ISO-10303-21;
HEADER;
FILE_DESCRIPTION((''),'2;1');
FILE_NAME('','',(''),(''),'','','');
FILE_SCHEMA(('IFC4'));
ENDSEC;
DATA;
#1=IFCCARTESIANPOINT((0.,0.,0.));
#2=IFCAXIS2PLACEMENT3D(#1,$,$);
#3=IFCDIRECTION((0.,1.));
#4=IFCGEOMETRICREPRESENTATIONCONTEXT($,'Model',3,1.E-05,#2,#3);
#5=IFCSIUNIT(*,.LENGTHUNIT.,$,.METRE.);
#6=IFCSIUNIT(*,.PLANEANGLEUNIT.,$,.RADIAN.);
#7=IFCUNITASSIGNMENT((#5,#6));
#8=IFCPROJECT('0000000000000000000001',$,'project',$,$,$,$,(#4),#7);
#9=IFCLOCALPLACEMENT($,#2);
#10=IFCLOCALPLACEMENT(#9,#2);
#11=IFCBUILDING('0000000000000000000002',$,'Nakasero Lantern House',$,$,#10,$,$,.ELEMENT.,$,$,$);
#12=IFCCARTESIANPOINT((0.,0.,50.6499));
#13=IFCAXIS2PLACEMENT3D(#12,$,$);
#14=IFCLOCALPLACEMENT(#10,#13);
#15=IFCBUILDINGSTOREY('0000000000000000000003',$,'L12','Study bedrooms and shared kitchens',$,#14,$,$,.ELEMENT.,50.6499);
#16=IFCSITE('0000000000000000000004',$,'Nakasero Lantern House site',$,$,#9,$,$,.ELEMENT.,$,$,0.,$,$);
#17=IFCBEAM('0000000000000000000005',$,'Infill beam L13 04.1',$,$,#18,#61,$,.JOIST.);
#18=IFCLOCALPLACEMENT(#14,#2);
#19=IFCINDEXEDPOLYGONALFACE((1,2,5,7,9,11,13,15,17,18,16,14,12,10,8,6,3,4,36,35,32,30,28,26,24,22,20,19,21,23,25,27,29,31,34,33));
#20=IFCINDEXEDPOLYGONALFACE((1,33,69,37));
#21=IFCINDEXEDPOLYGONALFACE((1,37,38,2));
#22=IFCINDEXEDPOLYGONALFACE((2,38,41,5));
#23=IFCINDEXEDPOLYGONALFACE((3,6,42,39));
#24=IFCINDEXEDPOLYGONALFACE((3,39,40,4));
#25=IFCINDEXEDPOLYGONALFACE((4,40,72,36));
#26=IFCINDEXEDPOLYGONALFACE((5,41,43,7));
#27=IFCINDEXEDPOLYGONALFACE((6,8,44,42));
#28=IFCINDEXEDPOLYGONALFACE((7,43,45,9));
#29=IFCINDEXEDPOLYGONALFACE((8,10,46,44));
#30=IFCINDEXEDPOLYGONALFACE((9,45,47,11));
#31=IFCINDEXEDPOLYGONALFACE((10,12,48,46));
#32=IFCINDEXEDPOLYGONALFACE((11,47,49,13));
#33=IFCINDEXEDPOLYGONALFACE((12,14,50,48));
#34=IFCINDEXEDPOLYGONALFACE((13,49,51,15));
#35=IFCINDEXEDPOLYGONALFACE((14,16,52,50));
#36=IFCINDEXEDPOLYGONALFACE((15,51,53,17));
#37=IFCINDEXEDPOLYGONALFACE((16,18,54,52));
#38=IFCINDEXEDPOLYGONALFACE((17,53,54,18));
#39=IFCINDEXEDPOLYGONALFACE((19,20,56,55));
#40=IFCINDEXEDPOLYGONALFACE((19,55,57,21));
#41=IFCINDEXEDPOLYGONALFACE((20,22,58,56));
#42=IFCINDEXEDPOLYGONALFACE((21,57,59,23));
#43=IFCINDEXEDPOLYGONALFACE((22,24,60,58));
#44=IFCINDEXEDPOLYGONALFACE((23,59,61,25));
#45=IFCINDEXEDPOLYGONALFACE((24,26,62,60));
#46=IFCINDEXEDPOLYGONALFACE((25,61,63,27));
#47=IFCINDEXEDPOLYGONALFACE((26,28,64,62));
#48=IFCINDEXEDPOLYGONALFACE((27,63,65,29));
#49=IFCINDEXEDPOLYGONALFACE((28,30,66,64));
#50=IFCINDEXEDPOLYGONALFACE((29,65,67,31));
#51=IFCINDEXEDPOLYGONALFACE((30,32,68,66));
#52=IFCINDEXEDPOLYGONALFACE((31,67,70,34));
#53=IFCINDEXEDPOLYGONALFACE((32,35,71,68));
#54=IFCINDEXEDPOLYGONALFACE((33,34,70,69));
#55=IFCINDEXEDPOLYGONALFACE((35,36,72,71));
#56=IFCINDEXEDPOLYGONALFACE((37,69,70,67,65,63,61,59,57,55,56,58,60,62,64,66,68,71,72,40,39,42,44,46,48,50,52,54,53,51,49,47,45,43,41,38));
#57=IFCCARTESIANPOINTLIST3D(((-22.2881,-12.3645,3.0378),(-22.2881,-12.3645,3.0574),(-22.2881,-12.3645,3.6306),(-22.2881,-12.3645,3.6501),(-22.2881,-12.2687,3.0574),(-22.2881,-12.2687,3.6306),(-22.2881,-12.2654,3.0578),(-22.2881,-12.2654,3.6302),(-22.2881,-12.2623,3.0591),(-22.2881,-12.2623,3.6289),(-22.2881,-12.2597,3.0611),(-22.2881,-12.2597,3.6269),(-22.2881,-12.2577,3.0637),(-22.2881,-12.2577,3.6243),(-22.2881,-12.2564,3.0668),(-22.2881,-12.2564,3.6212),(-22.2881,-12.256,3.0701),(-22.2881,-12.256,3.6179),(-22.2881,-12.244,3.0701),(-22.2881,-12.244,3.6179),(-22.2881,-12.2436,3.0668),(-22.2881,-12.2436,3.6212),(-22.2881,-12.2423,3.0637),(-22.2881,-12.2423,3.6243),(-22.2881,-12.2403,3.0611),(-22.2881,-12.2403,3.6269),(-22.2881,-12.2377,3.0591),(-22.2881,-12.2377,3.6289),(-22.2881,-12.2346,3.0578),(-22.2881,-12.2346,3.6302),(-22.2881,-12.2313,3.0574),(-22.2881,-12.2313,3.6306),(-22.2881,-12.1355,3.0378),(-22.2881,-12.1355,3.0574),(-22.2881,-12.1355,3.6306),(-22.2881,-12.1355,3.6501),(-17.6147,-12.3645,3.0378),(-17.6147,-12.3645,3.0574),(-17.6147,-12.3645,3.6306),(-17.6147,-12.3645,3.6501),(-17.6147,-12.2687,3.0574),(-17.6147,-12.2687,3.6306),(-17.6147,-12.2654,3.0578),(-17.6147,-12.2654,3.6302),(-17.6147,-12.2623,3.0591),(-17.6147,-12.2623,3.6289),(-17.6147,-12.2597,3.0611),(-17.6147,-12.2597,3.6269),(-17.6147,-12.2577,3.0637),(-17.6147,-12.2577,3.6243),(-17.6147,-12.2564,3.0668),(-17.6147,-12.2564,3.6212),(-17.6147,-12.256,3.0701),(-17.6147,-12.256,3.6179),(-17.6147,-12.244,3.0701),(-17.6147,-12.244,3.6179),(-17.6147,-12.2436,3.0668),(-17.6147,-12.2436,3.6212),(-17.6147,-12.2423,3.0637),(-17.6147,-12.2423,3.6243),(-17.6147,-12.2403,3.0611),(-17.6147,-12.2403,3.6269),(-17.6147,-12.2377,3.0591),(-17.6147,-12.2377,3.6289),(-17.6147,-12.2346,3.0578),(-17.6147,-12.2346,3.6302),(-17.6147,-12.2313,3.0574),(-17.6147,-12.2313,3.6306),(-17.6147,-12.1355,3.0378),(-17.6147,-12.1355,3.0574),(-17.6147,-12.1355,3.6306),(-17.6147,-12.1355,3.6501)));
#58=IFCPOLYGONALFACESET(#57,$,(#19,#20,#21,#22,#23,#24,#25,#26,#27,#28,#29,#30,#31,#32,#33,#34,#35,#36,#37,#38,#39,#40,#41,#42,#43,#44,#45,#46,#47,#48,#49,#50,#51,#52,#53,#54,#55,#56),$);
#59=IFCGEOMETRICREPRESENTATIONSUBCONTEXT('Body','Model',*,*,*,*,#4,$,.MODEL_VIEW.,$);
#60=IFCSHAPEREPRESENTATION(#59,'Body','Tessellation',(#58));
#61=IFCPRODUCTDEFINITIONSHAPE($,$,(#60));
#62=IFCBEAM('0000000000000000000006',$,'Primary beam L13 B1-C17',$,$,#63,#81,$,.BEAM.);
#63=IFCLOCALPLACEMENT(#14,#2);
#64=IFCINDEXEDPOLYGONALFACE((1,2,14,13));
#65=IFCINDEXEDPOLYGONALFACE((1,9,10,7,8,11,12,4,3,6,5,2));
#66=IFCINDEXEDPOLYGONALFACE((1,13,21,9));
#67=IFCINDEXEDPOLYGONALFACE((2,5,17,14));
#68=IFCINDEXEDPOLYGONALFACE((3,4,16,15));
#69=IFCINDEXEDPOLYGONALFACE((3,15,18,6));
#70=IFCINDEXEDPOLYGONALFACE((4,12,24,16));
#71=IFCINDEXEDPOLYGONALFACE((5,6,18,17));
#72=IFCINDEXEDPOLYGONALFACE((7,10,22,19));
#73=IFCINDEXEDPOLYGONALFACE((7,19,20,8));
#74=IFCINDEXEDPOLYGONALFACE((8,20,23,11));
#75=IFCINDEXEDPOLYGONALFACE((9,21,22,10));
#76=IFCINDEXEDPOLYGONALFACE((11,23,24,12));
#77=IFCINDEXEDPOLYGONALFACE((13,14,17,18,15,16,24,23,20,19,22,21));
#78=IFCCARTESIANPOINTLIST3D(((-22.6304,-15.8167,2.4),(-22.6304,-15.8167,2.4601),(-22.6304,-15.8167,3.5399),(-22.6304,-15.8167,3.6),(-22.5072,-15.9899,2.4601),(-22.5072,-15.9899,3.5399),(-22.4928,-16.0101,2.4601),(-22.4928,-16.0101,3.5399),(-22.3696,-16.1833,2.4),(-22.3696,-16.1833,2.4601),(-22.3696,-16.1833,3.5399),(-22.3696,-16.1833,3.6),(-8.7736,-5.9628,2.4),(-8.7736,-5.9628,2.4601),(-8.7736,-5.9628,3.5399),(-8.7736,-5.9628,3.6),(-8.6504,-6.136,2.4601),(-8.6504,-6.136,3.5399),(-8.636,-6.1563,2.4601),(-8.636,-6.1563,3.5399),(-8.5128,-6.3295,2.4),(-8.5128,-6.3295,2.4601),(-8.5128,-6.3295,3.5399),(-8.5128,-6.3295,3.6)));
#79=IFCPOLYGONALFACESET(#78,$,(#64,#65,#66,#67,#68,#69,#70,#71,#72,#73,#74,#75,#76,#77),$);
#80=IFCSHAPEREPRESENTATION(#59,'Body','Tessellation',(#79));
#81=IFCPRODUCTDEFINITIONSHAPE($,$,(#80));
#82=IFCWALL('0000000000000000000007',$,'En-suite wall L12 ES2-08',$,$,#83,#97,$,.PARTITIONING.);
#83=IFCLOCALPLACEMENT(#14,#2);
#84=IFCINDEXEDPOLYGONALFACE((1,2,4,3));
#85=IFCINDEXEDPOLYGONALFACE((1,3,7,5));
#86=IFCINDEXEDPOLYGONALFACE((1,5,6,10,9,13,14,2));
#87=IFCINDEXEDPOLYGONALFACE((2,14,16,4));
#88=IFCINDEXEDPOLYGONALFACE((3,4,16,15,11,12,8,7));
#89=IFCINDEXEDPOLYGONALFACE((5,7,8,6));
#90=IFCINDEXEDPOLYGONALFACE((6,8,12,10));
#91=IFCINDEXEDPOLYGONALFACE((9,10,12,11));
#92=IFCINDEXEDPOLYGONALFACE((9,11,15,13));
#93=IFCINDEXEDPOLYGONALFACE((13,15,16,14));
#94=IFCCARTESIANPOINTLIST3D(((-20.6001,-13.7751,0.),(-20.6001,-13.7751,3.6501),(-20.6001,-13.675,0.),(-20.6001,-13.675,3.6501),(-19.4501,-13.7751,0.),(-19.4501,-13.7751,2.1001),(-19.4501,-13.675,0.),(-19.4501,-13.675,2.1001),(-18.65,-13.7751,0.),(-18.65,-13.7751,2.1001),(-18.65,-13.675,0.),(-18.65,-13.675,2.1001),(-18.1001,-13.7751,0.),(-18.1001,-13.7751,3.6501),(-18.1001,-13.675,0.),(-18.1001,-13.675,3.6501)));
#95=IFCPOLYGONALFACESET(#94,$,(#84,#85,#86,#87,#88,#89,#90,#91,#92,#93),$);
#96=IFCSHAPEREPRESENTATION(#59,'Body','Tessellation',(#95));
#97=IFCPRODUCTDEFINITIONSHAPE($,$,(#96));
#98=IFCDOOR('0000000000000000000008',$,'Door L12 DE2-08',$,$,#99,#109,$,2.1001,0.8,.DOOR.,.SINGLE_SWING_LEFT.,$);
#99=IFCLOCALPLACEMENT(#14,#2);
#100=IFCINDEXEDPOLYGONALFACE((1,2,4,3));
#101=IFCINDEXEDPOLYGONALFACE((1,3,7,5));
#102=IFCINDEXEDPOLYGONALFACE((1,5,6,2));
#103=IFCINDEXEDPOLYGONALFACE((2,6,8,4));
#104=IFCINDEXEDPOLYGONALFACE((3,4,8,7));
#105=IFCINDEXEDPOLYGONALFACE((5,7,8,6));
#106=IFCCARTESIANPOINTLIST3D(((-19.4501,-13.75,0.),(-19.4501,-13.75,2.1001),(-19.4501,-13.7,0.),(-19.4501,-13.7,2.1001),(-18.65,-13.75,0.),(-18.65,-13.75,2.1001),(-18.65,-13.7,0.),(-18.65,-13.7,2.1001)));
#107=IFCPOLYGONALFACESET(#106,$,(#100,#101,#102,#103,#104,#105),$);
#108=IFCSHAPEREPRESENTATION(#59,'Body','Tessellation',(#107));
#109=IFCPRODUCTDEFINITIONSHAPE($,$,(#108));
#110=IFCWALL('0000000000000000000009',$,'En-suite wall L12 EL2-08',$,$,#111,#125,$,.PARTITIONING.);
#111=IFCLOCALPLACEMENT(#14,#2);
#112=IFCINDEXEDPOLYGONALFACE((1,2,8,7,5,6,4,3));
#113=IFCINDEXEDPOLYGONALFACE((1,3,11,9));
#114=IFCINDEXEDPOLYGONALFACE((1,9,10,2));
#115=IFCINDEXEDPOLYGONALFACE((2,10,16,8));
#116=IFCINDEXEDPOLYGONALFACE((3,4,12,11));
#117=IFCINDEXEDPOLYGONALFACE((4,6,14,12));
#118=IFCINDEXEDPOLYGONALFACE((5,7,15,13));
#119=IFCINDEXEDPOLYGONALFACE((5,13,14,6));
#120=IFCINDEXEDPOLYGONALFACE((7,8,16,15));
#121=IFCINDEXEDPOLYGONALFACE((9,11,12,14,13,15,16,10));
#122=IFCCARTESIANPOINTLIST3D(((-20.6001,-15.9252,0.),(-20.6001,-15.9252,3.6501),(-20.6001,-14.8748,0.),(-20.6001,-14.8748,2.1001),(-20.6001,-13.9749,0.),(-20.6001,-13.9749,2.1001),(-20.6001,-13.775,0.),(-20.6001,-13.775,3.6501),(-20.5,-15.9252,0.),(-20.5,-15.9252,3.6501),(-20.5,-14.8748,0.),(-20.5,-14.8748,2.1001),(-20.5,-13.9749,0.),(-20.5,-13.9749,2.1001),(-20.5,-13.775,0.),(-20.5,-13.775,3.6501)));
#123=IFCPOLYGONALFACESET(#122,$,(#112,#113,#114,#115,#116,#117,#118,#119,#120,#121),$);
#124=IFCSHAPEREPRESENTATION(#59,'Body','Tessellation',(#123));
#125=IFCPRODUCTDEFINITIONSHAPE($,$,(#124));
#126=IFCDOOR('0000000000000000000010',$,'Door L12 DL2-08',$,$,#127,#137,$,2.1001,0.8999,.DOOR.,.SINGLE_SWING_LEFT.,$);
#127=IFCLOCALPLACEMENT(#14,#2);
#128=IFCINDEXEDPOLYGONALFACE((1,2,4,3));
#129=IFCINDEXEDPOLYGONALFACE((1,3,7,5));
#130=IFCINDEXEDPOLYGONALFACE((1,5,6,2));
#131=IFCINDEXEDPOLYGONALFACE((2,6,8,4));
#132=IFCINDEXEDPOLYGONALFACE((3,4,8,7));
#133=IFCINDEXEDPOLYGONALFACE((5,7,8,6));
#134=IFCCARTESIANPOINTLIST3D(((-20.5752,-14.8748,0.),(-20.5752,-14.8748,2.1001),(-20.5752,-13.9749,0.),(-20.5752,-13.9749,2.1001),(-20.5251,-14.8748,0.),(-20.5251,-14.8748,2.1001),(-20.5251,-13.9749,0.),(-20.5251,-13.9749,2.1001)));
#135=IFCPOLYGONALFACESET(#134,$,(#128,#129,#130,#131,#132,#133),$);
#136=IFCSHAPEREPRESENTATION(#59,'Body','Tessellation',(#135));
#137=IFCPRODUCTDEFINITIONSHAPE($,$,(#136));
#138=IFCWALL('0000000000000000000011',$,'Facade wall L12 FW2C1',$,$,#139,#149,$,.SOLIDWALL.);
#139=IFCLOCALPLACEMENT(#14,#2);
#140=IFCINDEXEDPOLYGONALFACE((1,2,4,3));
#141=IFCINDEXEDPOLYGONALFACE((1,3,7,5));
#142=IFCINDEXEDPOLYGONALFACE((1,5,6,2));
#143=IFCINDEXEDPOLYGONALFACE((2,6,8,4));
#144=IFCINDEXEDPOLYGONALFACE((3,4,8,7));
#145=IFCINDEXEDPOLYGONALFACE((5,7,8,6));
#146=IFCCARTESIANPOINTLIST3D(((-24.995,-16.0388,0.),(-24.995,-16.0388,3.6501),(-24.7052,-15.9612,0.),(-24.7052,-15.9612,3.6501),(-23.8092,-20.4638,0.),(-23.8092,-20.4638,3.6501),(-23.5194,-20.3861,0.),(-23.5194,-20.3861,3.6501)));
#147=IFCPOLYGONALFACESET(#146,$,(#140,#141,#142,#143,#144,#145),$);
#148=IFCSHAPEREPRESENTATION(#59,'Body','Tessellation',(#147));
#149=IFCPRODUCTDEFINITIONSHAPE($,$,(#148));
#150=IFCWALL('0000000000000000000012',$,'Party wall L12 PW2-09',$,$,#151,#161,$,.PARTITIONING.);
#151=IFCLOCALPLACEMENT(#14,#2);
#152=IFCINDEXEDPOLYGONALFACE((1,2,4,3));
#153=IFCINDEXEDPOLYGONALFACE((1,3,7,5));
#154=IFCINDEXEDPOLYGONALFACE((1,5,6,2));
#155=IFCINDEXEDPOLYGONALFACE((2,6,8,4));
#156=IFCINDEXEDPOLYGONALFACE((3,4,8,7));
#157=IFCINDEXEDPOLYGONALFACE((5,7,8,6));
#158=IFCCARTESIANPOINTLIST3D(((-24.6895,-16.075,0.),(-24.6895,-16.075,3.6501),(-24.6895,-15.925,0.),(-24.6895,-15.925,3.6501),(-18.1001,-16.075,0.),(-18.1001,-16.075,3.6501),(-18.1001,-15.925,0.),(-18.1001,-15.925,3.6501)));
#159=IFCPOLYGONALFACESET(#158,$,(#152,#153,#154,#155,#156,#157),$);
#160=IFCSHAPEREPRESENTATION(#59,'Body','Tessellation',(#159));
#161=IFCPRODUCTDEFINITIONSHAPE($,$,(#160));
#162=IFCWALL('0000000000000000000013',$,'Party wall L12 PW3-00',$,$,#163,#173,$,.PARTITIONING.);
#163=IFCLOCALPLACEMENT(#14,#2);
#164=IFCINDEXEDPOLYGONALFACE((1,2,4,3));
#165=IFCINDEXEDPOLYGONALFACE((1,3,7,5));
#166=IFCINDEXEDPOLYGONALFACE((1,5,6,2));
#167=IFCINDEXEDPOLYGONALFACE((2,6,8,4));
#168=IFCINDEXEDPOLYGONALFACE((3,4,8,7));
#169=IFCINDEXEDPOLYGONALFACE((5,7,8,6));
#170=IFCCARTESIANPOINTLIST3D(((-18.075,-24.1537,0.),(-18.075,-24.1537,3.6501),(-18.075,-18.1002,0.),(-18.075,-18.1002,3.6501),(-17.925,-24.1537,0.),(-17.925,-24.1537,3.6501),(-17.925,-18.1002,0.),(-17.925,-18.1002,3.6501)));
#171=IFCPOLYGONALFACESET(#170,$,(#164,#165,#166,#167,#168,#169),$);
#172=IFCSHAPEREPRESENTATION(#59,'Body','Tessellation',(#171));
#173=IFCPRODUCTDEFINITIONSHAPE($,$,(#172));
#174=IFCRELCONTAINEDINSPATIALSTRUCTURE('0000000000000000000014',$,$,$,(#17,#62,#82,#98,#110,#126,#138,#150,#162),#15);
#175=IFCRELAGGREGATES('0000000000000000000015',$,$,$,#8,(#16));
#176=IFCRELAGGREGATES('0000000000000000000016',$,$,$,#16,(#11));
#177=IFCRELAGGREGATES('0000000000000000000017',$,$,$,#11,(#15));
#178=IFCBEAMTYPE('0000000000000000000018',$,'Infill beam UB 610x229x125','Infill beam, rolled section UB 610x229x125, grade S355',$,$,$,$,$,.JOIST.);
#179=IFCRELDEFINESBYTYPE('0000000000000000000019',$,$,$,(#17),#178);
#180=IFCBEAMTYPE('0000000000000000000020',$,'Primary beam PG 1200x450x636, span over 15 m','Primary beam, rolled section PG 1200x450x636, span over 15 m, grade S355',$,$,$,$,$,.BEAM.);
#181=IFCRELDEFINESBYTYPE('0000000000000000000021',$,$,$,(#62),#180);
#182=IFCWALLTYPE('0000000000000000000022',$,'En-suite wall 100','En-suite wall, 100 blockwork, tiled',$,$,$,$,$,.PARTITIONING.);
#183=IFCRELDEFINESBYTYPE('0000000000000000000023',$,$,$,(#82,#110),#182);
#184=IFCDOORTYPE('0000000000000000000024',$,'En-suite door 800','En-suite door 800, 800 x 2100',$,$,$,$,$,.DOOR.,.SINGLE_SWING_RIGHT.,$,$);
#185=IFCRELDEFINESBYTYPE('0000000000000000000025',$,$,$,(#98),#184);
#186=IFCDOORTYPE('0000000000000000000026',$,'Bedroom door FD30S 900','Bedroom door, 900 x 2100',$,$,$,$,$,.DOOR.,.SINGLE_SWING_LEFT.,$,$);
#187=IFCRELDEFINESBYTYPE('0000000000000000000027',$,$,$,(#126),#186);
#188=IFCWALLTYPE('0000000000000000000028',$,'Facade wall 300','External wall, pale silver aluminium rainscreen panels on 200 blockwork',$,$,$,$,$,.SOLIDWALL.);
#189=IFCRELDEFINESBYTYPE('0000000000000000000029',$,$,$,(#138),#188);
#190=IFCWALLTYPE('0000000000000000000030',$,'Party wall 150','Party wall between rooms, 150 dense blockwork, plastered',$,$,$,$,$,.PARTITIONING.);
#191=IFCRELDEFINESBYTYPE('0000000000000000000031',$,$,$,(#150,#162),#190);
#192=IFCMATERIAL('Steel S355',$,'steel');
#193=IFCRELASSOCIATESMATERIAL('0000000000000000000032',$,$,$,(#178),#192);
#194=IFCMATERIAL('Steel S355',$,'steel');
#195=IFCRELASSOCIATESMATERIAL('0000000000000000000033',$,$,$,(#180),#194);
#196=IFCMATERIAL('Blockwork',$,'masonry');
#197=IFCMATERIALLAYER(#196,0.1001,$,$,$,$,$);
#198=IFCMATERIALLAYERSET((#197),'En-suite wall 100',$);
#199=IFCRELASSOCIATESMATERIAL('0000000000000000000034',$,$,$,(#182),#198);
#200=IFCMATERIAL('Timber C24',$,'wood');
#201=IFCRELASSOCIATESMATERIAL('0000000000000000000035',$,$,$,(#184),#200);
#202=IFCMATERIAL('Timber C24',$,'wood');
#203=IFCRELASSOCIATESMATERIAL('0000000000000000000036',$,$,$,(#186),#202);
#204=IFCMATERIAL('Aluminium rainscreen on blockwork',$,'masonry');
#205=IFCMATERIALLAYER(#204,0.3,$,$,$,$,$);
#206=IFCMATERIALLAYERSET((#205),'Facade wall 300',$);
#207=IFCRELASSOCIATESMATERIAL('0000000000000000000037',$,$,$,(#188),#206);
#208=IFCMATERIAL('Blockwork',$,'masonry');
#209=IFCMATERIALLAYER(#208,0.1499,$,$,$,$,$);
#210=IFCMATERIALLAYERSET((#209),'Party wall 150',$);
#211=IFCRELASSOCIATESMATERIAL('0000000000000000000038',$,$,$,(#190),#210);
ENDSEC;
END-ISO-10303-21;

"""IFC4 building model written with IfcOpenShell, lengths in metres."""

from ifc_helpers import new_model, si_unit, direction, frame, frame_2d, origin, origin_2d, place, context, subcontext, project, spatial, rectangle, i_section, extrude, material, layer, layer_set, material_profile, profile_set, type_object, element, fill, save


model = new_model("IFC4")

# Units and contexts
model_context = context("Model", 3, precision=1e-05, world=origin(), true_north=direction((0.0, 1.0)))
body_context = subcontext(model_context, "Body", "Model", "MODEL_VIEW")
ifc_project = project(units=[si_unit("LENGTHUNIT", "METRE"), si_unit("PLANEANGLEUNIT", "RADIAN")], contexts=[model_context])

# Site, building, storey
site_placement = place(None, origin())
site = spatial("IfcSite", under=ifc_project, at=site_placement, Name="Nakasero Lantern House site", CompositionType="ELEMENT", RefElevation=0.0)
building_placement = place(site_placement, origin())
building = spatial("IfcBuilding", under=site, at=building_placement, Name="Nakasero Lantern House", CompositionType="ELEMENT")
storey_placement = place(building_placement, frame((0.0, 0.0, 50.6499)))
storey = spatial("IfcBuildingStorey", under=building, at=storey_placement, Name="L12", Description="Study bedrooms and shared kitchens", CompositionType="ELEMENT", Elevation=50.6499)

# Beams
ifc_material_1 = material(Name="Steel S355", Category="steel")
ifc_material_profile_1 = material_profile(ifc_material_1, i_section(OverallWidth=0.229, OverallDepth=0.6123, WebThickness=0.012, FlangeThickness=0.0195, FilletRadius=0.0127, at=origin_2d()), Name="UB 610x229x125")
ifc_profile_set_1 = profile_set([ifc_material_profile_1], Name="Steel S355")
beam_type_1 = type_object("IfcBeamType", Name="Infill beam UB 610x229x125", Description="Infill beam, rolled section UB 610x229x125, grade S355", PredefinedType="JOIST", material=ifc_profile_set_1)
beam_1_placement = place(storey_placement, frame((-22.2881, -12.25, 3.344), z_axis=(1.0, 0.0, 0.0), x_axis=(0.0, 1.0, 0.0)))
element("IfcBeam", 1, at=beam_1_placement, inside=storey, type_object=beam_type_1, Name="Infill beam L13 04.1", PredefinedType="JOIST", context=body_context, shape_type="SweptSolid", body=[
    extrude(i_section(OverallWidth=0.229, OverallDepth=0.6123, WebThickness=0.012, FlangeThickness=0.0195, FilletRadius=0.0127, at=origin_2d()), origin(), (0.0, 0.0, 1.0), 4.6733),
])
ifc_material_2 = material(Name="Steel S355", Category="steel")
ifc_material_profile_2 = material_profile(ifc_material_2, i_section(OverallWidth=0.45, OverallDepth=1.2, WebThickness=0.0249, FlangeThickness=0.0601, at=origin_2d()), Name="PG 1200x450x636")
ifc_profile_set_2 = profile_set([ifc_material_profile_2], Name="Steel S355")
beam_type_2 = type_object("IfcBeamType", Name="Primary beam PG 1200x450x636, span over 15 m", Description="Primary beam, rolled section PG 1200x450x636, span over 15 m, grade S355", PredefinedType="BEAM", material=ifc_profile_set_2)
beam_2_placement = place(storey_placement, frame((-22.5, -16.0, 3.0), z_axis=(0.814952, 0.579528, 0.0), x_axis=(-0.579528, 0.814952, 0.0)))
element("IfcBeam", 2, at=beam_2_placement, inside=storey, type_object=beam_type_2, Name="Primary beam L13 B1-C17", PredefinedType="BEAM", context=body_context, shape_type="SweptSolid", body=[
    extrude(i_section(OverallWidth=0.45, OverallDepth=1.2, WebThickness=0.0249, FlangeThickness=0.0601, at=origin_2d()), origin(), (0.0, 0.0, 1.0), 17.0032),
])

# Walls, openings, doors
ifc_material_3 = material(Name="Blockwork", Category="masonry")
ifc_layer_1 = layer(ifc_material_3, 0.1001)
ifc_layer_set_1 = layer_set([ifc_layer_1], Name="En-suite wall 100")
wall_type_1 = type_object("IfcWallType", Name="En-suite wall 100", Description="En-suite wall, 100 blockwork, tiled", PredefinedType="PARTITIONING", material=ifc_layer_set_1)
wall_1_placement = place(storey_placement, frame((-18.1001, -13.7251, 0.0), z_axis=(0.0, 0.0, 1.0), x_axis=(-1.0, 0.0, 0.0)))
wall_1 = element("IfcWall", 3, at=wall_1_placement, inside=storey, type_object=wall_type_1, Name="En-suite wall L12 ES2-08", PredefinedType="PARTITIONING", context=body_context, shape_type="SweptSolid", body=[
    extrude(rectangle(XDim=2.5, YDim=0.1001, at=frame_2d((1.25, 0.0))), origin(), (0.0, 0.0, 1.0), 3.6501),
])
opening_1_placement = place(wall_1_placement, frame((0.55, 0.0, 0.0)))
opening_1 = element("IfcOpeningElement", 4, at=opening_1_placement, cuts=wall_1, PredefinedType="OPENING", context=body_context, shape_type="SweptSolid", body=[
    extrude(rectangle(XDim=0.8, YDim=2.1001, at=frame_2d((0.3999, 1.05))), frame((0.0, 0.0701, 0.0), z_axis=(0.0, -1.0, 0.0), x_axis=(1.0, 0.0, 0.0)), (0.0, 0.0, 1.0), 0.1401),
])
ifc_material_4 = material(Name="Timber C24", Category="wood")
door_type_1 = type_object("IfcDoorType", Name="En-suite door 800", Description="En-suite door 800, 800 x 2100", OperationType="SINGLE_SWING_RIGHT", PredefinedType="DOOR", material=ifc_material_4)
door_1_placement = place(opening_1_placement, origin())
door_1 = element("IfcDoor", 5, at=door_1_placement, inside=storey, type_object=door_type_1, Name="Door L12 DE2-08", OperationType="SINGLE_SWING_LEFT", OverallHeight=2.1001, OverallWidth=0.8, PredefinedType="DOOR", context=body_context, shape_type="SweptSolid", body=[
    extrude(rectangle(XDim=0.8, YDim=2.1001, at=frame_2d((0.3999, 1.05))), frame((0.0, 0.0249, 0.0), z_axis=(0.0, -1.0, 0.0), x_axis=(1.0, 0.0, 0.0)), (0.0, 0.0, 1.0), 0.05),
])
fill(opening_1, door_1)
wall_2_placement = place(storey_placement, frame((-20.55, -13.7749, 0.0), z_axis=(0.0, 0.0, 1.0), x_axis=(0.0, -1.0, 0.0)))
wall_2 = element("IfcWall", 6, at=wall_2_placement, inside=storey, type_object=wall_type_1, Name="En-suite wall L12 EL2-08", PredefinedType="PARTITIONING", context=body_context, shape_type="SweptSolid", body=[
    extrude(rectangle(XDim=2.1501, YDim=0.1001, at=frame_2d((1.0752, 0.0))), origin(), (0.0, 0.0, 1.0), 3.6501),
])
opening_2_placement = place(wall_2_placement, frame((0.2, 0.0, 0.0)))
opening_2 = element("IfcOpeningElement", 7, at=opening_2_placement, cuts=wall_2, PredefinedType="OPENING", context=body_context, shape_type="SweptSolid", body=[
    extrude(rectangle(XDim=0.8999, YDim=2.1001, at=frame_2d((0.45, 1.05))), frame((0.0, 0.0701, 0.0), z_axis=(0.0, -1.0, 0.0), x_axis=(1.0, 0.0, 0.0)), (0.0, 0.0, 1.0), 0.1401),
])
ifc_material_5 = material(Name="Timber C24", Category="wood")
door_type_2 = type_object("IfcDoorType", Name="Bedroom door FD30S 900", Description="Bedroom door, 900 x 2100", OperationType="SINGLE_SWING_LEFT", PredefinedType="DOOR", material=ifc_material_5)
door_2_placement = place(opening_2_placement, origin())
door_2 = element("IfcDoor", 8, at=door_2_placement, inside=storey, type_object=door_type_2, Name="Door L12 DL2-08", OperationType="SINGLE_SWING_LEFT", OverallHeight=2.1001, OverallWidth=0.8999, PredefinedType="DOOR", context=body_context, shape_type="SweptSolid", body=[
    extrude(rectangle(XDim=0.8999, YDim=2.1001, at=frame_2d((0.45, 1.05))), frame((0.0, 0.0249, 0.0), z_axis=(0.0, -1.0, 0.0), x_axis=(1.0, 0.0, 0.0)), (0.0, 0.0, 1.0), 0.05),
])
fill(opening_2, door_2)

# Walls
ifc_material_6 = material(Name="Aluminium rainscreen on blockwork", Category="masonry")
ifc_layer_2 = layer(ifc_material_6, 0.3)
ifc_layer_set_2 = layer_set([ifc_layer_2], Name="Facade wall 300")
wall_type_2 = type_object("IfcWallType", Name="Facade wall 300", Description="External wall, pale silver aluminium rainscreen panels on 200 blockwork", PredefinedType="SOLIDWALL", material=ifc_layer_set_2)
wall_3_placement = place(storey_placement, frame((-24.8501, -16.0, 0.0), z_axis=(0.0, 0.0, 1.0), x_axis=(0.25884, -0.96592, 0.0)))
element("IfcWall", 9, at=wall_3_placement, inside=storey, type_object=wall_type_2, Name="Facade wall L12 FW2C1", PredefinedType="SOLIDWALL", context=body_context, shape_type="SweptSolid", body=[
    extrude(rectangle(XDim=4.5811, YDim=0.3, at=frame_2d((2.2905, 0.0))), origin(), (0.0, 0.0, 1.0), 3.6501),
])
ifc_material_7 = material(Name="Blockwork", Category="masonry")
ifc_layer_3 = layer(ifc_material_7, 0.1499)
ifc_layer_set_3 = layer_set([ifc_layer_3], Name="Party wall 150")
wall_type_3 = type_object("IfcWallType", Name="Party wall 150", Description="Party wall between rooms, 150 dense blockwork, plastered", PredefinedType="PARTITIONING", material=ifc_layer_set_3)
wall_4_placement = place(storey_placement, frame((-18.1001, -16.0, 0.0), z_axis=(0.0, 0.0, 1.0), x_axis=(-1.0, 0.0, 0.0)))
element("IfcWall", 10, at=wall_4_placement, inside=storey, type_object=wall_type_3, Name="Party wall L12 PW2-09", PredefinedType="PARTITIONING", context=body_context, shape_type="SweptSolid", body=[
    extrude(rectangle(XDim=6.5894, YDim=0.1499, at=frame_2d((3.2947, 0.0))), origin(), (0.0, 0.0, 1.0), 3.6501),
])
wall_5_placement = place(storey_placement, frame((-18.0, -18.1001, 0.0), z_axis=(0.0, 0.0, 1.0), x_axis=(0.0, -1.0, 0.0)))
element("IfcWall", 11, at=wall_5_placement, inside=storey, type_object=wall_type_3, Name="Party wall L12 PW3-00", PredefinedType="PARTITIONING", context=body_context, shape_type="SweptSolid", body=[
    extrude(rectangle(XDim=6.0535, YDim=0.1499, at=frame_2d((3.0269, 0.0))), origin(), (0.0, 0.0, 1.0), 3.6501),
])

save(model, "model.ifc")
